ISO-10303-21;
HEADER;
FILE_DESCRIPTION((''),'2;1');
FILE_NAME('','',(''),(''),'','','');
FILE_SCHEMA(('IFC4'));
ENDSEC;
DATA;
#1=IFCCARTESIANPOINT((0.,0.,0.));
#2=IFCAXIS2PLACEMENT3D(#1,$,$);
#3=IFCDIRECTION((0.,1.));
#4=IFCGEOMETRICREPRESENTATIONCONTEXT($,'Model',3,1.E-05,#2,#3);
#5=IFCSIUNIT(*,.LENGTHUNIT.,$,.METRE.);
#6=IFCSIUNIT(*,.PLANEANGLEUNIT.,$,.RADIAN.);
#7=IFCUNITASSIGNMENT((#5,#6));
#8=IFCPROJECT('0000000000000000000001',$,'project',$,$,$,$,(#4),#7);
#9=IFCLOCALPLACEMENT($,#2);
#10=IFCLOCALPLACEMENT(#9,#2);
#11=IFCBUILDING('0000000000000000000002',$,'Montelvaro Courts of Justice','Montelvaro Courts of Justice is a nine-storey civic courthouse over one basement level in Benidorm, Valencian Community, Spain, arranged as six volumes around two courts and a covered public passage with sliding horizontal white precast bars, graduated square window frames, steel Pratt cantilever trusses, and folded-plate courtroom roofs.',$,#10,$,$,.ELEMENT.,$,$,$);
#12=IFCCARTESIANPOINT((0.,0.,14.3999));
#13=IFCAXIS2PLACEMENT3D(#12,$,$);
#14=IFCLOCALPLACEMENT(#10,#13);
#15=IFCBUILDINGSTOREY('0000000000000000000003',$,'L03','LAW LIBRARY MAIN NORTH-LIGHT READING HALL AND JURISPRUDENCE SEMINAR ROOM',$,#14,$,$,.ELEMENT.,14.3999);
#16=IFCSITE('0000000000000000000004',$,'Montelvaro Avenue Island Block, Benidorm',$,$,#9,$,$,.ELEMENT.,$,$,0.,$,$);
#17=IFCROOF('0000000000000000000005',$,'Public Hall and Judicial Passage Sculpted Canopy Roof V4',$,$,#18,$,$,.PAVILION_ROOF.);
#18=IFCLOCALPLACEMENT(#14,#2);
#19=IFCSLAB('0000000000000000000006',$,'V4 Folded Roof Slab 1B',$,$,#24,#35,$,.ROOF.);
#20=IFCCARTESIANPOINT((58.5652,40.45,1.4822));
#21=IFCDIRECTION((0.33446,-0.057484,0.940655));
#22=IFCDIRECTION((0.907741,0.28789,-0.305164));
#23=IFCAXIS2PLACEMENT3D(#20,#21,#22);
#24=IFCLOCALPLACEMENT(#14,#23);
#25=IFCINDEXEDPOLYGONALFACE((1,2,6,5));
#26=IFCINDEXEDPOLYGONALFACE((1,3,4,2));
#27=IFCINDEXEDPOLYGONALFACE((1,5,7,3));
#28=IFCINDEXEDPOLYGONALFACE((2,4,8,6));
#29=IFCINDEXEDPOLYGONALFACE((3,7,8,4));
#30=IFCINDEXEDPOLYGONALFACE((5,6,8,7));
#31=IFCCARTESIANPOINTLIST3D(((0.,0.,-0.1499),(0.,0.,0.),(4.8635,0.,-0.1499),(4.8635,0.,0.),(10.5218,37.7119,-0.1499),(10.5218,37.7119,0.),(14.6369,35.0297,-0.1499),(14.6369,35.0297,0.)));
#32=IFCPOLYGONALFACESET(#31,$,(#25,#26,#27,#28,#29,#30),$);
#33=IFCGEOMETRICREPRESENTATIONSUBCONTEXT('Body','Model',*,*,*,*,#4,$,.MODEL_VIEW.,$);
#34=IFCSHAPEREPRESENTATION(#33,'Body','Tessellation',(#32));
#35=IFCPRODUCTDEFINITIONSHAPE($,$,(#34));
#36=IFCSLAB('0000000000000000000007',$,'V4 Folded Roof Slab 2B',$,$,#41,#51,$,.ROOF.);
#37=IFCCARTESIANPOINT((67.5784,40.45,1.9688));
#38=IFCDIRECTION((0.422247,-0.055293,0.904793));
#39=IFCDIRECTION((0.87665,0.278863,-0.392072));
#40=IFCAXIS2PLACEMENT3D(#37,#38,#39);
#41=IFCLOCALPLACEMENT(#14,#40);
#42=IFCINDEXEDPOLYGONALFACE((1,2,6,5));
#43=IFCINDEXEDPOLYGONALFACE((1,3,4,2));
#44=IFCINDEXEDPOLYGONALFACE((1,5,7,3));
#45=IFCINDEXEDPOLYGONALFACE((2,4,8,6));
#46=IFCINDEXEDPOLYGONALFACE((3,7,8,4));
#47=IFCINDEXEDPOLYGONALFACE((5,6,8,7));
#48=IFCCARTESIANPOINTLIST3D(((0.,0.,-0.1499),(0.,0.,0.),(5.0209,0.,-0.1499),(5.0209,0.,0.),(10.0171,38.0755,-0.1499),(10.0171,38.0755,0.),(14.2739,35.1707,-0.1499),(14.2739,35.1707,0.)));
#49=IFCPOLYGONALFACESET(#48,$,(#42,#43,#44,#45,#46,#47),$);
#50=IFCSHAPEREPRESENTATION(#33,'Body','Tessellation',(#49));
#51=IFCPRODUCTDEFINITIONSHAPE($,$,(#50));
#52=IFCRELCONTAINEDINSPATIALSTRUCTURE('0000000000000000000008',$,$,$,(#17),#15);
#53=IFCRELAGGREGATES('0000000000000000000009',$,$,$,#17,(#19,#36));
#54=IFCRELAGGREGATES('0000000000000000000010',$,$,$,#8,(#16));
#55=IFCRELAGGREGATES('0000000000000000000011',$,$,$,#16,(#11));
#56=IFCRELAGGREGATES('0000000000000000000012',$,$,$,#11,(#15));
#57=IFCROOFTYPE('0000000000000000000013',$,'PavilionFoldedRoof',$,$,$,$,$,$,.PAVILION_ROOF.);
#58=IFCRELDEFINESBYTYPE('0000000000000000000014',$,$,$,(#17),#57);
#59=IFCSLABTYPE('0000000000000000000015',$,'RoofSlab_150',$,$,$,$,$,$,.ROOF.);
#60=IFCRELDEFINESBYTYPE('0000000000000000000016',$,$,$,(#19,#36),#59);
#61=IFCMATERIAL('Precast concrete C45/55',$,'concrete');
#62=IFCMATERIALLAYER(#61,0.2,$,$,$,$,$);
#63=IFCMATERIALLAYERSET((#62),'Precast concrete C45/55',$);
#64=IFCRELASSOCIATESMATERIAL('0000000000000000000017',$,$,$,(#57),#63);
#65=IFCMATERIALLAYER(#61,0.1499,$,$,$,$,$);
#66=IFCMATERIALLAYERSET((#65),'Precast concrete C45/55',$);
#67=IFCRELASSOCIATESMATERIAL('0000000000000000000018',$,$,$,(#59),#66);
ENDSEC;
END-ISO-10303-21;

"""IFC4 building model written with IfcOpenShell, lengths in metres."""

from ifc_helpers import new_model, si_unit, direction, frame, origin, place, context, subcontext, project, spatial, polyline, outline, extrude, material, layer, layer_set, type_object, element, aggregate, save


model = new_model("IFC4")

# Units and contexts
model_context = context("Model", 3, precision=1e-05, world=origin(), true_north=direction((0.0, 1.0)))
body_context = subcontext(model_context, "Body", "Model", "MODEL_VIEW")
ifc_project = project(units=[si_unit("LENGTHUNIT", "METRE"), si_unit("PLANEANGLEUNIT", "RADIAN")], contexts=[model_context])

# Site, building, storey
site_placement = place(None, origin())
site = spatial("IfcSite", under=ifc_project, at=site_placement, Name="Montelvaro Avenue Island Block, Benidorm", CompositionType="ELEMENT", RefElevation=0.0)
building_placement = place(site_placement, origin())
building = spatial("IfcBuilding", under=site, at=building_placement, Name="Montelvaro Courts of Justice", Description="Montelvaro Courts of Justice is a nine-storey civic courthouse over one basement level in Benidorm, Valencian Community, Spain, arranged as six volumes around two courts and a covered public passage with sliding horizontal white precast bars, graduated square window frames, steel Pratt cantilever trusses, and folded-plate courtroom roofs.", CompositionType="ELEMENT")
storey_placement = place(building_placement, frame((0.0, 0.0, 14.3999)))
storey = spatial("IfcBuildingStorey", under=building, at=storey_placement, Name="L03", Description="LAW LIBRARY MAIN NORTH-LIGHT READING HALL AND JURISPRUDENCE SEMINAR ROOM", CompositionType="ELEMENT", Elevation=14.3999)

# Roof, slabs
ifc_material_1 = material(Name="Precast concrete C45/55", Category="concrete")
ifc_layer_1 = layer(ifc_material_1, 0.2)
ifc_layer_set_1 = layer_set([ifc_layer_1], Name="Precast concrete C45/55")
roof_type = type_object("IfcRoofType", Name="PavilionFoldedRoof", PredefinedType="PAVILION_ROOF", material=ifc_layer_set_1)
roof_placement = place(storey_placement, origin())
roof = element("IfcRoof", 1, at=roof_placement, inside=storey, type_object=roof_type, Name="Public Hall and Judicial Passage Sculpted Canopy Roof V4", PredefinedType="PAVILION_ROOF")
ifc_layer_2 = layer(ifc_material_1, 0.1499)
ifc_layer_set_2 = layer_set([ifc_layer_2], Name="Precast concrete C45/55")
slab_type = type_object("IfcSlabType", Name="RoofSlab_150", PredefinedType="ROOF", material=ifc_layer_set_2)
slab_1_placement = place(storey_placement, frame((58.5652, 40.45, 1.4822), z_axis=(0.33446, -0.057484, 0.940655), x_axis=(0.907741, 0.28789, -0.305164)))
slab_1 = element("IfcSlab", 2, at=slab_1_placement, type_object=slab_type, Name="V4 Folded Roof Slab 1B", PredefinedType="ROOF", context=body_context, shape_type="SweptSolid", body=[
    extrude(outline(polyline([(0.0, 0.0), (4.8635, 0.0), (14.6369, 35.0297), (10.5218, 37.7119), (0.0, 0.0)])), origin(), (0.0, 0.0, -1.0), 0.1499),
])
slab_2_placement = place(storey_placement, frame((67.5784, 40.45, 1.9688), z_axis=(0.422247, -0.055293, 0.904793), x_axis=(0.87665, 0.278863, -0.392072)))
slab_2 = element("IfcSlab", 3, at=slab_2_placement, type_object=slab_type, Name="V4 Folded Roof Slab 2B", PredefinedType="ROOF", context=body_context, shape_type="SweptSolid", body=[
    extrude(outline(polyline([(0.0, 0.0), (5.0209, 0.0), (14.2739, 35.1707), (10.0171, 38.0755), (0.0, 0.0)])), origin(), (0.0, 0.0, -1.0), 0.1499),
])
aggregate(roof, [slab_1, slab_2])

save(model, "model.ifc")
